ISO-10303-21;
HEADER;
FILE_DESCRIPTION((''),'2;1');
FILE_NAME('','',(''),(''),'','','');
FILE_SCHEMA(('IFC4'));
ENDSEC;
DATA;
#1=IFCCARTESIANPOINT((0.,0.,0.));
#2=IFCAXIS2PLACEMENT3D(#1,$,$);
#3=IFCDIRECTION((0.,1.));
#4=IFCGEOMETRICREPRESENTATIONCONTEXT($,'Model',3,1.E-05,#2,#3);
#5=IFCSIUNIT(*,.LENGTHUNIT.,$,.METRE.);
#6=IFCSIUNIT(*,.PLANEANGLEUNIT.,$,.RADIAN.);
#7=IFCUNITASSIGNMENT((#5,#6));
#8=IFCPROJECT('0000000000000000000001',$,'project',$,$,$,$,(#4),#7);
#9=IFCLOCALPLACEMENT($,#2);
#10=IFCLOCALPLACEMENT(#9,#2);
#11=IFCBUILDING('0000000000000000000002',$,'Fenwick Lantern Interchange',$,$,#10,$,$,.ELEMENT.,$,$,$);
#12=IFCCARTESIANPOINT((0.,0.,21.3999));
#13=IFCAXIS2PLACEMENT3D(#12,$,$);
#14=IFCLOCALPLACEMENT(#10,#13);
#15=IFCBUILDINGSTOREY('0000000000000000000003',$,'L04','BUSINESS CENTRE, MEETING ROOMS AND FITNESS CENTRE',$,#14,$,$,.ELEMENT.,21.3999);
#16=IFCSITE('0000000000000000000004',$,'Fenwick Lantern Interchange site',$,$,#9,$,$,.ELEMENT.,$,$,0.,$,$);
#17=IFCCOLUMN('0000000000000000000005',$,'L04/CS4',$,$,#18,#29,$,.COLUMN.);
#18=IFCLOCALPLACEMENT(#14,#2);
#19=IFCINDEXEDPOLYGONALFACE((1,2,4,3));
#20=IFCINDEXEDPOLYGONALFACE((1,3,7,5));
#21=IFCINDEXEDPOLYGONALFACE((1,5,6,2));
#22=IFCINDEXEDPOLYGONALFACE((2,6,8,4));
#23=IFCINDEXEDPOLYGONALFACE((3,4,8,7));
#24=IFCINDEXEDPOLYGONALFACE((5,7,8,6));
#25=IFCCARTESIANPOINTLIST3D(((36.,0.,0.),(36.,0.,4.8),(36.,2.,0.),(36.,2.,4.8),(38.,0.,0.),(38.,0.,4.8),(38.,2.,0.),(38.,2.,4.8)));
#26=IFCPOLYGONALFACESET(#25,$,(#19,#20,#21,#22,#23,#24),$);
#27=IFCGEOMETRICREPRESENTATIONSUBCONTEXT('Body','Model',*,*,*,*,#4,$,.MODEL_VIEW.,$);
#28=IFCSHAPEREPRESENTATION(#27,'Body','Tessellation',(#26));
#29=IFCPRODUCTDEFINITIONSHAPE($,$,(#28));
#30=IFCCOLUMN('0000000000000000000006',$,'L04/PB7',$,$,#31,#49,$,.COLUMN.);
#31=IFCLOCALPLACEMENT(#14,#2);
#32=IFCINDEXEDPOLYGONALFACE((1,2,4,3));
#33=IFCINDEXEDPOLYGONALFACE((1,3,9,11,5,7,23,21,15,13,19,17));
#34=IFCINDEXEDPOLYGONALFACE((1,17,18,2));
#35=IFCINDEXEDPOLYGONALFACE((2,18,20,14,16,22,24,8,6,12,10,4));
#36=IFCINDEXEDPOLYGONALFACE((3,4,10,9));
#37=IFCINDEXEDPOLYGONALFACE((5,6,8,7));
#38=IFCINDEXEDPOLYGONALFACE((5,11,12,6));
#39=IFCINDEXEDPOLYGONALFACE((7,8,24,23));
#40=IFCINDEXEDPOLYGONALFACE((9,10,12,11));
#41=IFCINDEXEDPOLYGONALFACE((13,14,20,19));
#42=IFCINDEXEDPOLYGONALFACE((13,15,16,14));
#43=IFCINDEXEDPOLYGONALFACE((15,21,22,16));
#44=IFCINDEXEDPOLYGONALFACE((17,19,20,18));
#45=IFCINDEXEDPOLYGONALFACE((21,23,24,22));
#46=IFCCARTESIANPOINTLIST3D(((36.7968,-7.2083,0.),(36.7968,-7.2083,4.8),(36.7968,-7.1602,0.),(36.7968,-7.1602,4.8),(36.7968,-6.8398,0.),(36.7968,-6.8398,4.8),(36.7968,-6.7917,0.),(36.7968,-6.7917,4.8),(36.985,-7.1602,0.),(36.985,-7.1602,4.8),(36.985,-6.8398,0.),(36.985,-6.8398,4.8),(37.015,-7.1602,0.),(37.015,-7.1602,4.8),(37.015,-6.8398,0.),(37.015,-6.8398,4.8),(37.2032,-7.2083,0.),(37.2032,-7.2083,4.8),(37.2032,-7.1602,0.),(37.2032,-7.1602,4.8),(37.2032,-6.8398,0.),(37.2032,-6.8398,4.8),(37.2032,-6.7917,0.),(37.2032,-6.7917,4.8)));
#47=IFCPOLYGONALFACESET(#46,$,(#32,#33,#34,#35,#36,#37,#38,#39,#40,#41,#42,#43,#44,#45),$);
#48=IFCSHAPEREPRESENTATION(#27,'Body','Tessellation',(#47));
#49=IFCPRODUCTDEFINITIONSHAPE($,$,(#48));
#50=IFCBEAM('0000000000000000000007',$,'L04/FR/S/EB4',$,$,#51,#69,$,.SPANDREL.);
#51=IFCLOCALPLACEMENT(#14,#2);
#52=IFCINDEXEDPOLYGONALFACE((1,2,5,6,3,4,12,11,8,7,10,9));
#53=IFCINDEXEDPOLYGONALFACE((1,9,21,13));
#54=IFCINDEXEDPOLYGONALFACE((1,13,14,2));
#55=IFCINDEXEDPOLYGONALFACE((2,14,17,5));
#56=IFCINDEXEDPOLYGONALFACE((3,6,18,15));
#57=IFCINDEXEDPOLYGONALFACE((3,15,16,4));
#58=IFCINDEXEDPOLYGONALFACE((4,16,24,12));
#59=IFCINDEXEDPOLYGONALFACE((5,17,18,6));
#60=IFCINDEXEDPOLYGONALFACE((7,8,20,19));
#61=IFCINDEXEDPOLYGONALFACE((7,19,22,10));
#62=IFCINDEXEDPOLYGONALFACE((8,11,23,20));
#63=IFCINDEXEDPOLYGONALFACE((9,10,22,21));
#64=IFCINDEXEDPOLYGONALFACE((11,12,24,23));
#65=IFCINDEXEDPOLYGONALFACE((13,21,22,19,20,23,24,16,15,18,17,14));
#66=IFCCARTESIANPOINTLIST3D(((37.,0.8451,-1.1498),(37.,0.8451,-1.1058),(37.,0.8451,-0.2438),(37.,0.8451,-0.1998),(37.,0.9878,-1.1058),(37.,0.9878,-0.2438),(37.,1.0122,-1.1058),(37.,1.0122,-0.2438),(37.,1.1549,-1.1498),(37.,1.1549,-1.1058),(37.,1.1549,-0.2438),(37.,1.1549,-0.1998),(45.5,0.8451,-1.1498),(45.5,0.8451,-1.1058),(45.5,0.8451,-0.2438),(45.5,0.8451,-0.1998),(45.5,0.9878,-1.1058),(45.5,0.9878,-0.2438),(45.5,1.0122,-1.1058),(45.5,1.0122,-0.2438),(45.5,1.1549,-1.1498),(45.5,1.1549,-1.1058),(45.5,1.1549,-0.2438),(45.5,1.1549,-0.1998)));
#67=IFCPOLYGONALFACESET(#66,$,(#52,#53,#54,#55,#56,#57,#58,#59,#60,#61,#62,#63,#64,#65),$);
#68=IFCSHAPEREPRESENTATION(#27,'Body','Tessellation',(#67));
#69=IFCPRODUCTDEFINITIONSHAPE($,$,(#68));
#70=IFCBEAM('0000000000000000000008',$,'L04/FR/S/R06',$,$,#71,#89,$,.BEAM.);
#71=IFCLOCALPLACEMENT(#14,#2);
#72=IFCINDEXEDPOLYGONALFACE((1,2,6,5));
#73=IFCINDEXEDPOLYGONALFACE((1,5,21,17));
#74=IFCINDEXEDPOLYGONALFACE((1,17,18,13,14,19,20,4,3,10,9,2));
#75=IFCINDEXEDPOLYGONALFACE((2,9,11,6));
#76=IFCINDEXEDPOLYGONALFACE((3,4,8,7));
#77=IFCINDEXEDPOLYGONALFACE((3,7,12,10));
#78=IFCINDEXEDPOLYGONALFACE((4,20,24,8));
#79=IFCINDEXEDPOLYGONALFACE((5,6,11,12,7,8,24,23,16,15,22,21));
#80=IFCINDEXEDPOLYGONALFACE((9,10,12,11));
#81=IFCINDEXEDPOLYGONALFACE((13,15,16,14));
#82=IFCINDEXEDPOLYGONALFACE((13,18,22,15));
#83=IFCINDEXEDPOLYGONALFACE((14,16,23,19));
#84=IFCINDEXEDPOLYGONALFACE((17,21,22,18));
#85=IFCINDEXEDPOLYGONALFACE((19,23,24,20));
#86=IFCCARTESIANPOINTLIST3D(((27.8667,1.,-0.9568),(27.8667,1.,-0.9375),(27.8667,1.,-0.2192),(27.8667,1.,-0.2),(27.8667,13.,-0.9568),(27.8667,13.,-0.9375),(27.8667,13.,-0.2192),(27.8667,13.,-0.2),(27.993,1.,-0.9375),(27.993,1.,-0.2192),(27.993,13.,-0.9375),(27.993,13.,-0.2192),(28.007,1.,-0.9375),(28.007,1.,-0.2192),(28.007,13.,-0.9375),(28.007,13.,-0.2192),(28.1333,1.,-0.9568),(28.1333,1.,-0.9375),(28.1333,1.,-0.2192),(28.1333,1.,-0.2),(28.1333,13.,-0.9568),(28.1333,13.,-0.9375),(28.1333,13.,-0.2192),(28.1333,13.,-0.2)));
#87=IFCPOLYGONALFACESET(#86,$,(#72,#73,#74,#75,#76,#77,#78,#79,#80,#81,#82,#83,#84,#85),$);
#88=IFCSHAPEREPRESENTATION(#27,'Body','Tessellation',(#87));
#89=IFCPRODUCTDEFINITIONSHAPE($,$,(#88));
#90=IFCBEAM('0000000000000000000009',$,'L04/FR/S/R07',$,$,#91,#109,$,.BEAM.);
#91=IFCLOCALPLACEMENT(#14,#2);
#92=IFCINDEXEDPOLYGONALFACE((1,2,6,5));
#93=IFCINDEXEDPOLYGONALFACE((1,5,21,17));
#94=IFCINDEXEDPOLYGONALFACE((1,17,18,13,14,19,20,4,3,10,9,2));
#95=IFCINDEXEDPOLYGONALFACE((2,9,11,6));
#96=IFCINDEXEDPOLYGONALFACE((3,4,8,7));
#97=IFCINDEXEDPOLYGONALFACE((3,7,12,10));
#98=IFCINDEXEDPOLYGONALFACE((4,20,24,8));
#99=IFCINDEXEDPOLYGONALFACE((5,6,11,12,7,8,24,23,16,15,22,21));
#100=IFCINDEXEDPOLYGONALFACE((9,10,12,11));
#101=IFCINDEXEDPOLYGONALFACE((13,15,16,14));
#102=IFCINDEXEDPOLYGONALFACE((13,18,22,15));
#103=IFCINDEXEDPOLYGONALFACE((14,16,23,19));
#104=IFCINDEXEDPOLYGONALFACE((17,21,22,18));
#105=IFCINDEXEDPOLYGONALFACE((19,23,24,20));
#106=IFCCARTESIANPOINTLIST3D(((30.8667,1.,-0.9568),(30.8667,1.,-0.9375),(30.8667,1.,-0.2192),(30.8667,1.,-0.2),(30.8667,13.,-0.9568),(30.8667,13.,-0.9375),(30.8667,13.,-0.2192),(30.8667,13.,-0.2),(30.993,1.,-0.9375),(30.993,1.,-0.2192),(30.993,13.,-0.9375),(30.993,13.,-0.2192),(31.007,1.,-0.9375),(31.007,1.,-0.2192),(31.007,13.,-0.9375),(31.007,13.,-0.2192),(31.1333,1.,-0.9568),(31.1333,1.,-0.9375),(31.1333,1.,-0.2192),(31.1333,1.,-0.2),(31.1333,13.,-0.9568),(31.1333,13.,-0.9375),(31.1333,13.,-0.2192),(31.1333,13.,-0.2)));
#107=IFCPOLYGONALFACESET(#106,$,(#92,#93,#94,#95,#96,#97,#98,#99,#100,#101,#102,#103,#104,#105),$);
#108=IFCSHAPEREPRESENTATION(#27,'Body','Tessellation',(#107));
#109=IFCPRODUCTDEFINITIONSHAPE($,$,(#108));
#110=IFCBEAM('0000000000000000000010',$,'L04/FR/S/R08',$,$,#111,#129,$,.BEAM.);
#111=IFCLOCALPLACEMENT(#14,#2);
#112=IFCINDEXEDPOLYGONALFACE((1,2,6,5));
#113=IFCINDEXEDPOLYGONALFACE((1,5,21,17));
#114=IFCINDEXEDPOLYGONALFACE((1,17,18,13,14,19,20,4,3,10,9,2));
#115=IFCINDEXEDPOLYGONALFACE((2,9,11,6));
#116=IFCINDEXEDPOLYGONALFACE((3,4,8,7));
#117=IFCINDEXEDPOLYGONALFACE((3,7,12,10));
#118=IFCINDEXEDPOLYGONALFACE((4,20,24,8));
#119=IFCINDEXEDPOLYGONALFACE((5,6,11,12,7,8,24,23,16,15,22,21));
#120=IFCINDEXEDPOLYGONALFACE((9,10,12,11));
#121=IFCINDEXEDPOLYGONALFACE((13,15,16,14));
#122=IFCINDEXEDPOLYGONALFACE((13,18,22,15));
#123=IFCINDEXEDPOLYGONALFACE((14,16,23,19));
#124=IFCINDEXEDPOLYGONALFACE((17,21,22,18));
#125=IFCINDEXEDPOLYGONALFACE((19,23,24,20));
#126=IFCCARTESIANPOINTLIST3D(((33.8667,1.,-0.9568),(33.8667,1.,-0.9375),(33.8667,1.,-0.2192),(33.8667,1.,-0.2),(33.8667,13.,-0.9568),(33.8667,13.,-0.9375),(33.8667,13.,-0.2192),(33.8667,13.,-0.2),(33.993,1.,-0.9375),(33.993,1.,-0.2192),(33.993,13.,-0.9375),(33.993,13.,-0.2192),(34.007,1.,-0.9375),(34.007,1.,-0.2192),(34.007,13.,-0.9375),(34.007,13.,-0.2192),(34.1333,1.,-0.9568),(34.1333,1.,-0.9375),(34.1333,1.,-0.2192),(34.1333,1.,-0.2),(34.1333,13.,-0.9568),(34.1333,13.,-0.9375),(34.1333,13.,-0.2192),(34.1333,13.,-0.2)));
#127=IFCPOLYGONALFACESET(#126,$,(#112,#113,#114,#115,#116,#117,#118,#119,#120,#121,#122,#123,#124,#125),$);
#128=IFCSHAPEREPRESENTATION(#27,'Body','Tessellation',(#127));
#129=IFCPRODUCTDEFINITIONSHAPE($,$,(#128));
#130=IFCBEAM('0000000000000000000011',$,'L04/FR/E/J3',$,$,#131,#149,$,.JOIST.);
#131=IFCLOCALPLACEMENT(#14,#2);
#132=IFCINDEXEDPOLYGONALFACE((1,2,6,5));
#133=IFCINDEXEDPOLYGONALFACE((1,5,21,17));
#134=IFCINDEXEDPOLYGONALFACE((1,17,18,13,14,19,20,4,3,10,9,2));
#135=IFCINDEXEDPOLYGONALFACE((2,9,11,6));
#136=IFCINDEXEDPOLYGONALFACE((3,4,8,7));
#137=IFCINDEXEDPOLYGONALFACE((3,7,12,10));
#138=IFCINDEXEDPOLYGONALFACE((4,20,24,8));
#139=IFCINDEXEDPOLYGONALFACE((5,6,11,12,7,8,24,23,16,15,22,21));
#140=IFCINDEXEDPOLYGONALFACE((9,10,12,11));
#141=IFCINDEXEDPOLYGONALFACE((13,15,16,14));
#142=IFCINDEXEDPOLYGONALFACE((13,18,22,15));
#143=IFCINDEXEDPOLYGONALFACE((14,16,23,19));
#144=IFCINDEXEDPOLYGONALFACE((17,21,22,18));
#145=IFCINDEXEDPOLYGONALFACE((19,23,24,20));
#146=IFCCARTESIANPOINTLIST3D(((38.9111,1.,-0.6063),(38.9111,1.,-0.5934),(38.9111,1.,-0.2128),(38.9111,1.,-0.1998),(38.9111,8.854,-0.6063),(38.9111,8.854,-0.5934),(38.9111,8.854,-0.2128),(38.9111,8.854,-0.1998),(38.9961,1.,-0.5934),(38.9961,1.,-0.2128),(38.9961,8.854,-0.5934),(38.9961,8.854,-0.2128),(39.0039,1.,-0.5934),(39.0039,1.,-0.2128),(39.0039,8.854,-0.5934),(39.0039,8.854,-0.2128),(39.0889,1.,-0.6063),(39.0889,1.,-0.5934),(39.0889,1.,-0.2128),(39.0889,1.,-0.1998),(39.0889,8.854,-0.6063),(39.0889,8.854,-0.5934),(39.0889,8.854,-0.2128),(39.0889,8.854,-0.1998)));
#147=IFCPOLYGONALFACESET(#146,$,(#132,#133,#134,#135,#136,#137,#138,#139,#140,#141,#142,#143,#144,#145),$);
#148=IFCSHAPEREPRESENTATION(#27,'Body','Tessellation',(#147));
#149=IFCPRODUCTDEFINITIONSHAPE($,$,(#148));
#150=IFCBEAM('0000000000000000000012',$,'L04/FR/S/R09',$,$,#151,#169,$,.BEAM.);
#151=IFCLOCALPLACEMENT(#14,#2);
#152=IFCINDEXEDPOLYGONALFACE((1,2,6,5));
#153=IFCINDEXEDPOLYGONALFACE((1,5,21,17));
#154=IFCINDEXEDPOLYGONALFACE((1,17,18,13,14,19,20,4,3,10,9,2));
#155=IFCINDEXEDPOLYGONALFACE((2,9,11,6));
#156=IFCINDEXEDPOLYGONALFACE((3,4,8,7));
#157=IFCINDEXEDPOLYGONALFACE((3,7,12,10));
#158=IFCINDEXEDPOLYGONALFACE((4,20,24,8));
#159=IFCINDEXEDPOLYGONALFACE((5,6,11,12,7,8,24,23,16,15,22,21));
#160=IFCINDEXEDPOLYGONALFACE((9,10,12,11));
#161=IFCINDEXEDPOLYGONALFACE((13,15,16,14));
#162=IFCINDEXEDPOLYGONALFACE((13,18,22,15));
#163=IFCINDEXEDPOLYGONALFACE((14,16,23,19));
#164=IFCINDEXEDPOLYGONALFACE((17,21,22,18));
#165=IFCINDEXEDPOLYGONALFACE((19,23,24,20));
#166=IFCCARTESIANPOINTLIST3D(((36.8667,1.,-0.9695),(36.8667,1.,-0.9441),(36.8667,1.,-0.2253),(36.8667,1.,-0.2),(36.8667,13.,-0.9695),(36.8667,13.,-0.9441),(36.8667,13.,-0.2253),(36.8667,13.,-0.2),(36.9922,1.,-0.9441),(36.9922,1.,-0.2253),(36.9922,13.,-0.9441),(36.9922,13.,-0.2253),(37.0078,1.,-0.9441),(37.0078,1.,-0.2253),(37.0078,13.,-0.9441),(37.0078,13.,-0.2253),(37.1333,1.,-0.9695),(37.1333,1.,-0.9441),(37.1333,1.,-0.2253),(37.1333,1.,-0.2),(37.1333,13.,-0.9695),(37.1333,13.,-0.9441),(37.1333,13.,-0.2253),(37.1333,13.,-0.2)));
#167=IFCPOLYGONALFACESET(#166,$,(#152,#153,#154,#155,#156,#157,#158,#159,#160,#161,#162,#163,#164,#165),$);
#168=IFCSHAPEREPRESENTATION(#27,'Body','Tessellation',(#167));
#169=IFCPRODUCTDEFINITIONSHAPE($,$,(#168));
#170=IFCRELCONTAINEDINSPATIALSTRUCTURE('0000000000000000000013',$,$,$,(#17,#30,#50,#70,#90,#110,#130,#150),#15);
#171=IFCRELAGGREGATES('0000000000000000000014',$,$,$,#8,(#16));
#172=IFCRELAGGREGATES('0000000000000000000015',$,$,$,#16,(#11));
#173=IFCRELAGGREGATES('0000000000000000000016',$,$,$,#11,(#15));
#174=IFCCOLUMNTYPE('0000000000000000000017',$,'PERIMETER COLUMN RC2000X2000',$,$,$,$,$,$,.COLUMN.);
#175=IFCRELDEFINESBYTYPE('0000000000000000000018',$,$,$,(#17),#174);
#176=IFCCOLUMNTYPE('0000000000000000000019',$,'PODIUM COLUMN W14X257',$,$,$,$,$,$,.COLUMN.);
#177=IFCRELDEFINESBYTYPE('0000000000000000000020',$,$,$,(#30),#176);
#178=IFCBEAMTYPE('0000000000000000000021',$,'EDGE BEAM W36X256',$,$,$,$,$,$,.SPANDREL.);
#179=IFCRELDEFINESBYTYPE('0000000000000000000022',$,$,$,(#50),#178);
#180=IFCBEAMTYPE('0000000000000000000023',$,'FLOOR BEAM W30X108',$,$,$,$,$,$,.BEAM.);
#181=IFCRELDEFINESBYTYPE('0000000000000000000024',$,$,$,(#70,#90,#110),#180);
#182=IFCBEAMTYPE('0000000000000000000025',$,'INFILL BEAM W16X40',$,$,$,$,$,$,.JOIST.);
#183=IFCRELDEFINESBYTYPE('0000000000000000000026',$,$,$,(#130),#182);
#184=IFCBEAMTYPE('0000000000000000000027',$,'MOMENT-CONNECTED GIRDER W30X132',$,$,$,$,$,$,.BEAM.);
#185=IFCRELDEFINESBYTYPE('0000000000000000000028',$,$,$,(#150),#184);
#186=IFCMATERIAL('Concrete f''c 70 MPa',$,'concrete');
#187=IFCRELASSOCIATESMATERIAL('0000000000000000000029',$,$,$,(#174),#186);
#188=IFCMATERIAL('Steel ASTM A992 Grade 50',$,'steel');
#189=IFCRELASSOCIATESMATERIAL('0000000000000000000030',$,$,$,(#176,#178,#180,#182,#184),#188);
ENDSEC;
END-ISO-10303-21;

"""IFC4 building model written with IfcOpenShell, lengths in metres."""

from ifc_helpers import new_model, si_unit, direction, frame, origin, origin_2d, place, context, subcontext, project, spatial, rectangle, i_section, extrude, material, material_profile, profile_set, type_object, element, save


model = new_model("IFC4")

# Units and contexts
model_context = context("Model", 3, precision=1e-05, world=origin(), true_north=direction((0.0, 1.0)))
body_context = subcontext(model_context, "Body", "Model", "MODEL_VIEW")
ifc_project = project(units=[si_unit("LENGTHUNIT", "METRE"), si_unit("PLANEANGLEUNIT", "RADIAN")], contexts=[model_context])

# Site, building, storey
site_placement = place(None, origin())
site = spatial("IfcSite", under=ifc_project, at=site_placement, Name="Fenwick Lantern Interchange site", CompositionType="ELEMENT", RefElevation=0.0)
building_placement = place(site_placement, origin())
building = spatial("IfcBuilding", under=site, at=building_placement, Name="Fenwick Lantern Interchange", CompositionType="ELEMENT")
storey_placement = place(building_placement, frame((0.0, 0.0, 21.3999)))
storey = spatial("IfcBuildingStorey", under=building, at=storey_placement, Name="L04", Description="BUSINESS CENTRE, MEETING ROOMS AND FITNESS CENTRE", CompositionType="ELEMENT", Elevation=21.3999)

# Columns
ifc_material_1 = material(Name="Concrete f'c 70 MPa", Category="concrete")
ifc_material_profile_1 = material_profile(ifc_material_1, rectangle(XDim=2.0, YDim=2.0, at=origin_2d()), Name="RC2000X2000")
ifc_profile_set_1 = profile_set([ifc_material_profile_1], Name="Concrete f'c 70 MPa")
column_type_1 = type_object("IfcColumnType", Name="PERIMETER COLUMN RC2000X2000", PredefinedType="COLUMN", material=ifc_profile_set_1)
column_1_placement = place(storey_placement, frame((37.0, 1.0, 0.0), z_axis=(0.0, 0.0, 1.0), x_axis=(1.0, 0.0, 0.0)))
element("IfcColumn", 1, at=column_1_placement, inside=storey, type_object=column_type_1, Name="L04/CS4", PredefinedType="COLUMN", context=body_context, shape_type="SweptSolid", body=[
    extrude(rectangle(XDim=2.0, YDim=2.0, at=origin_2d()), origin(), (0.0, 0.0, 1.0), 4.8),
])
ifc_material_2 = material(Name="Steel ASTM A992 Grade 50", Category="steel")
ifc_material_profile_2 = material_profile(ifc_material_2, i_section(OverallWidth=0.4065, OverallDepth=0.4165, WebThickness=0.03, FlangeThickness=0.0481, at=origin_2d()), Name="W14X257")
ifc_profile_set_2 = profile_set([ifc_material_profile_2], Name="Steel ASTM A992 Grade 50")
column_type_2 = type_object("IfcColumnType", Name="PODIUM COLUMN W14X257", PredefinedType="COLUMN", material=ifc_profile_set_2)
column_2_placement = place(storey_placement, frame((37.0, -7.0, 0.0), z_axis=(0.0, 0.0, 1.0), x_axis=(1.0, 0.0, 0.0)))
element("IfcColumn", 2, at=column_2_placement, inside=storey, type_object=column_type_2, Name="L04/PB7", PredefinedType="COLUMN", context=body_context, shape_type="SweptSolid", body=[
    extrude(i_section(OverallWidth=0.4065, OverallDepth=0.4165, WebThickness=0.03, FlangeThickness=0.0481, at=origin_2d()), origin(), (0.0, 0.0, 1.0), 4.8),
])

# Beams
ifc_material_profile_3 = material_profile(ifc_material_2, i_section(OverallWidth=0.3098, OverallDepth=0.95, WebThickness=0.0244, FlangeThickness=0.0439, at=origin_2d()), Name="W36X256")
ifc_profile_set_3 = profile_set([ifc_material_profile_3], Name="Steel ASTM A992 Grade 50")
beam_type_1 = type_object("IfcBeamType", Name="EDGE BEAM W36X256", PredefinedType="SPANDREL", material=ifc_profile_set_3)
beam_1_placement = place(storey_placement, frame((37.0, 1.0, -0.6748), z_axis=(1.0, 0.0, 0.0), x_axis=(0.0, 1.0, 0.0)))
element("IfcBeam", 3, at=beam_1_placement, inside=storey, type_object=beam_type_1, Name="L04/FR/S/EB4", PredefinedType="SPANDREL", context=body_context, shape_type="SweptSolid", body=[
    extrude(i_section(OverallWidth=0.3098, OverallDepth=0.95, WebThickness=0.0244, FlangeThickness=0.0439, at=origin_2d()), origin(), (0.0, 0.0, 1.0), 8.5),
])
ifc_material_profile_4 = material_profile(ifc_material_2, i_section(OverallWidth=0.2666, OverallDepth=0.7568, WebThickness=0.0139, FlangeThickness=0.0193, at=origin_2d()), Name="W30X108")
ifc_profile_set_4 = profile_set([ifc_material_profile_4], Name="Steel ASTM A992 Grade 50")
beam_type_2 = type_object("IfcBeamType", Name="FLOOR BEAM W30X108", PredefinedType="BEAM", material=ifc_profile_set_4)
for number, where, z_axis, x_axis, name in (
    (4, (28.0, 1.0, -0.5784), (0.0, 1.0, 0.0), (-1.0, 0.0, 0.0), "L04/FR/S/R06"),
    (5, (31.0, 1.0, -0.5784), (0.0, 1.0, 0.0), (-1.0, 0.0, 0.0), "L04/FR/S/R07"),
    (6, (34.0, 1.0, -0.5784), (0.0, 1.0, 0.0), (-1.0, 0.0, 0.0), "L04/FR/S/R08"),
):
    element("IfcBeam", number, at=place(storey_placement, frame(where, z_axis=z_axis, x_axis=x_axis)), inside=storey, type_object=beam_type_2, Name=name, PredefinedType="BEAM", context=body_context, shape_type="SweptSolid", body=[
        extrude(i_section(OverallWidth=0.2666, OverallDepth=0.7568, WebThickness=0.0139, FlangeThickness=0.0193, at=origin_2d()), origin(), (0.0, 0.0, 1.0), 12.0),
    ])
ifc_material_profile_5 = material_profile(ifc_material_2, i_section(OverallWidth=0.1777, OverallDepth=0.4065, WebThickness=0.0078, FlangeThickness=0.0129, at=origin_2d()), Name="W16X40")
ifc_profile_set_5 = profile_set([ifc_material_profile_5], Name="Steel ASTM A992 Grade 50")
beam_type_3 = type_object("IfcBeamType", Name="INFILL BEAM W16X40", PredefinedType="JOIST", material=ifc_profile_set_5)
beam_2_placement = place(storey_placement, frame((39.0, 1.0, -0.4031), z_axis=(0.0, 1.0, 0.0), x_axis=(-1.0, 0.0, 0.0)))
element("IfcBeam", 7, at=beam_2_placement, inside=storey, type_object=beam_type_3, Name="L04/FR/E/J3", PredefinedType="JOIST", context=body_context, shape_type="SweptSolid", body=[
    extrude(i_section(OverallWidth=0.1777, OverallDepth=0.4065, WebThickness=0.0078, FlangeThickness=0.0129, at=origin_2d()), origin(), (0.0, 0.0, 1.0), 7.854),
])
ifc_material_profile_6 = material_profile(ifc_material_2, i_section(OverallWidth=0.2666, OverallDepth=0.7695, WebThickness=0.0156, FlangeThickness=0.0254, at=origin_2d()), Name="W30X132")
ifc_profile_set_6 = profile_set([ifc_material_profile_6], Name="Steel ASTM A992 Grade 50")
beam_type_4 = type_object("IfcBeamType", Name="MOMENT-CONNECTED GIRDER W30X132", PredefinedType="BEAM", material=ifc_profile_set_6)
beam_3_placement = place(storey_placement, frame((37.0, 1.0, -0.5847), z_axis=(0.0, 1.0, 0.0), x_axis=(-1.0, 0.0, 0.0)))
element("IfcBeam", 8, at=beam_3_placement, inside=storey, type_object=beam_type_4, Name="L04/FR/S/R09", PredefinedType="BEAM", context=body_context, shape_type="SweptSolid", body=[
    extrude(i_section(OverallWidth=0.2666, OverallDepth=0.7695, WebThickness=0.0156, FlangeThickness=0.0254, at=origin_2d()), origin(), (0.0, 0.0, 1.0), 12.0),
])

save(model, "model.ifc")
